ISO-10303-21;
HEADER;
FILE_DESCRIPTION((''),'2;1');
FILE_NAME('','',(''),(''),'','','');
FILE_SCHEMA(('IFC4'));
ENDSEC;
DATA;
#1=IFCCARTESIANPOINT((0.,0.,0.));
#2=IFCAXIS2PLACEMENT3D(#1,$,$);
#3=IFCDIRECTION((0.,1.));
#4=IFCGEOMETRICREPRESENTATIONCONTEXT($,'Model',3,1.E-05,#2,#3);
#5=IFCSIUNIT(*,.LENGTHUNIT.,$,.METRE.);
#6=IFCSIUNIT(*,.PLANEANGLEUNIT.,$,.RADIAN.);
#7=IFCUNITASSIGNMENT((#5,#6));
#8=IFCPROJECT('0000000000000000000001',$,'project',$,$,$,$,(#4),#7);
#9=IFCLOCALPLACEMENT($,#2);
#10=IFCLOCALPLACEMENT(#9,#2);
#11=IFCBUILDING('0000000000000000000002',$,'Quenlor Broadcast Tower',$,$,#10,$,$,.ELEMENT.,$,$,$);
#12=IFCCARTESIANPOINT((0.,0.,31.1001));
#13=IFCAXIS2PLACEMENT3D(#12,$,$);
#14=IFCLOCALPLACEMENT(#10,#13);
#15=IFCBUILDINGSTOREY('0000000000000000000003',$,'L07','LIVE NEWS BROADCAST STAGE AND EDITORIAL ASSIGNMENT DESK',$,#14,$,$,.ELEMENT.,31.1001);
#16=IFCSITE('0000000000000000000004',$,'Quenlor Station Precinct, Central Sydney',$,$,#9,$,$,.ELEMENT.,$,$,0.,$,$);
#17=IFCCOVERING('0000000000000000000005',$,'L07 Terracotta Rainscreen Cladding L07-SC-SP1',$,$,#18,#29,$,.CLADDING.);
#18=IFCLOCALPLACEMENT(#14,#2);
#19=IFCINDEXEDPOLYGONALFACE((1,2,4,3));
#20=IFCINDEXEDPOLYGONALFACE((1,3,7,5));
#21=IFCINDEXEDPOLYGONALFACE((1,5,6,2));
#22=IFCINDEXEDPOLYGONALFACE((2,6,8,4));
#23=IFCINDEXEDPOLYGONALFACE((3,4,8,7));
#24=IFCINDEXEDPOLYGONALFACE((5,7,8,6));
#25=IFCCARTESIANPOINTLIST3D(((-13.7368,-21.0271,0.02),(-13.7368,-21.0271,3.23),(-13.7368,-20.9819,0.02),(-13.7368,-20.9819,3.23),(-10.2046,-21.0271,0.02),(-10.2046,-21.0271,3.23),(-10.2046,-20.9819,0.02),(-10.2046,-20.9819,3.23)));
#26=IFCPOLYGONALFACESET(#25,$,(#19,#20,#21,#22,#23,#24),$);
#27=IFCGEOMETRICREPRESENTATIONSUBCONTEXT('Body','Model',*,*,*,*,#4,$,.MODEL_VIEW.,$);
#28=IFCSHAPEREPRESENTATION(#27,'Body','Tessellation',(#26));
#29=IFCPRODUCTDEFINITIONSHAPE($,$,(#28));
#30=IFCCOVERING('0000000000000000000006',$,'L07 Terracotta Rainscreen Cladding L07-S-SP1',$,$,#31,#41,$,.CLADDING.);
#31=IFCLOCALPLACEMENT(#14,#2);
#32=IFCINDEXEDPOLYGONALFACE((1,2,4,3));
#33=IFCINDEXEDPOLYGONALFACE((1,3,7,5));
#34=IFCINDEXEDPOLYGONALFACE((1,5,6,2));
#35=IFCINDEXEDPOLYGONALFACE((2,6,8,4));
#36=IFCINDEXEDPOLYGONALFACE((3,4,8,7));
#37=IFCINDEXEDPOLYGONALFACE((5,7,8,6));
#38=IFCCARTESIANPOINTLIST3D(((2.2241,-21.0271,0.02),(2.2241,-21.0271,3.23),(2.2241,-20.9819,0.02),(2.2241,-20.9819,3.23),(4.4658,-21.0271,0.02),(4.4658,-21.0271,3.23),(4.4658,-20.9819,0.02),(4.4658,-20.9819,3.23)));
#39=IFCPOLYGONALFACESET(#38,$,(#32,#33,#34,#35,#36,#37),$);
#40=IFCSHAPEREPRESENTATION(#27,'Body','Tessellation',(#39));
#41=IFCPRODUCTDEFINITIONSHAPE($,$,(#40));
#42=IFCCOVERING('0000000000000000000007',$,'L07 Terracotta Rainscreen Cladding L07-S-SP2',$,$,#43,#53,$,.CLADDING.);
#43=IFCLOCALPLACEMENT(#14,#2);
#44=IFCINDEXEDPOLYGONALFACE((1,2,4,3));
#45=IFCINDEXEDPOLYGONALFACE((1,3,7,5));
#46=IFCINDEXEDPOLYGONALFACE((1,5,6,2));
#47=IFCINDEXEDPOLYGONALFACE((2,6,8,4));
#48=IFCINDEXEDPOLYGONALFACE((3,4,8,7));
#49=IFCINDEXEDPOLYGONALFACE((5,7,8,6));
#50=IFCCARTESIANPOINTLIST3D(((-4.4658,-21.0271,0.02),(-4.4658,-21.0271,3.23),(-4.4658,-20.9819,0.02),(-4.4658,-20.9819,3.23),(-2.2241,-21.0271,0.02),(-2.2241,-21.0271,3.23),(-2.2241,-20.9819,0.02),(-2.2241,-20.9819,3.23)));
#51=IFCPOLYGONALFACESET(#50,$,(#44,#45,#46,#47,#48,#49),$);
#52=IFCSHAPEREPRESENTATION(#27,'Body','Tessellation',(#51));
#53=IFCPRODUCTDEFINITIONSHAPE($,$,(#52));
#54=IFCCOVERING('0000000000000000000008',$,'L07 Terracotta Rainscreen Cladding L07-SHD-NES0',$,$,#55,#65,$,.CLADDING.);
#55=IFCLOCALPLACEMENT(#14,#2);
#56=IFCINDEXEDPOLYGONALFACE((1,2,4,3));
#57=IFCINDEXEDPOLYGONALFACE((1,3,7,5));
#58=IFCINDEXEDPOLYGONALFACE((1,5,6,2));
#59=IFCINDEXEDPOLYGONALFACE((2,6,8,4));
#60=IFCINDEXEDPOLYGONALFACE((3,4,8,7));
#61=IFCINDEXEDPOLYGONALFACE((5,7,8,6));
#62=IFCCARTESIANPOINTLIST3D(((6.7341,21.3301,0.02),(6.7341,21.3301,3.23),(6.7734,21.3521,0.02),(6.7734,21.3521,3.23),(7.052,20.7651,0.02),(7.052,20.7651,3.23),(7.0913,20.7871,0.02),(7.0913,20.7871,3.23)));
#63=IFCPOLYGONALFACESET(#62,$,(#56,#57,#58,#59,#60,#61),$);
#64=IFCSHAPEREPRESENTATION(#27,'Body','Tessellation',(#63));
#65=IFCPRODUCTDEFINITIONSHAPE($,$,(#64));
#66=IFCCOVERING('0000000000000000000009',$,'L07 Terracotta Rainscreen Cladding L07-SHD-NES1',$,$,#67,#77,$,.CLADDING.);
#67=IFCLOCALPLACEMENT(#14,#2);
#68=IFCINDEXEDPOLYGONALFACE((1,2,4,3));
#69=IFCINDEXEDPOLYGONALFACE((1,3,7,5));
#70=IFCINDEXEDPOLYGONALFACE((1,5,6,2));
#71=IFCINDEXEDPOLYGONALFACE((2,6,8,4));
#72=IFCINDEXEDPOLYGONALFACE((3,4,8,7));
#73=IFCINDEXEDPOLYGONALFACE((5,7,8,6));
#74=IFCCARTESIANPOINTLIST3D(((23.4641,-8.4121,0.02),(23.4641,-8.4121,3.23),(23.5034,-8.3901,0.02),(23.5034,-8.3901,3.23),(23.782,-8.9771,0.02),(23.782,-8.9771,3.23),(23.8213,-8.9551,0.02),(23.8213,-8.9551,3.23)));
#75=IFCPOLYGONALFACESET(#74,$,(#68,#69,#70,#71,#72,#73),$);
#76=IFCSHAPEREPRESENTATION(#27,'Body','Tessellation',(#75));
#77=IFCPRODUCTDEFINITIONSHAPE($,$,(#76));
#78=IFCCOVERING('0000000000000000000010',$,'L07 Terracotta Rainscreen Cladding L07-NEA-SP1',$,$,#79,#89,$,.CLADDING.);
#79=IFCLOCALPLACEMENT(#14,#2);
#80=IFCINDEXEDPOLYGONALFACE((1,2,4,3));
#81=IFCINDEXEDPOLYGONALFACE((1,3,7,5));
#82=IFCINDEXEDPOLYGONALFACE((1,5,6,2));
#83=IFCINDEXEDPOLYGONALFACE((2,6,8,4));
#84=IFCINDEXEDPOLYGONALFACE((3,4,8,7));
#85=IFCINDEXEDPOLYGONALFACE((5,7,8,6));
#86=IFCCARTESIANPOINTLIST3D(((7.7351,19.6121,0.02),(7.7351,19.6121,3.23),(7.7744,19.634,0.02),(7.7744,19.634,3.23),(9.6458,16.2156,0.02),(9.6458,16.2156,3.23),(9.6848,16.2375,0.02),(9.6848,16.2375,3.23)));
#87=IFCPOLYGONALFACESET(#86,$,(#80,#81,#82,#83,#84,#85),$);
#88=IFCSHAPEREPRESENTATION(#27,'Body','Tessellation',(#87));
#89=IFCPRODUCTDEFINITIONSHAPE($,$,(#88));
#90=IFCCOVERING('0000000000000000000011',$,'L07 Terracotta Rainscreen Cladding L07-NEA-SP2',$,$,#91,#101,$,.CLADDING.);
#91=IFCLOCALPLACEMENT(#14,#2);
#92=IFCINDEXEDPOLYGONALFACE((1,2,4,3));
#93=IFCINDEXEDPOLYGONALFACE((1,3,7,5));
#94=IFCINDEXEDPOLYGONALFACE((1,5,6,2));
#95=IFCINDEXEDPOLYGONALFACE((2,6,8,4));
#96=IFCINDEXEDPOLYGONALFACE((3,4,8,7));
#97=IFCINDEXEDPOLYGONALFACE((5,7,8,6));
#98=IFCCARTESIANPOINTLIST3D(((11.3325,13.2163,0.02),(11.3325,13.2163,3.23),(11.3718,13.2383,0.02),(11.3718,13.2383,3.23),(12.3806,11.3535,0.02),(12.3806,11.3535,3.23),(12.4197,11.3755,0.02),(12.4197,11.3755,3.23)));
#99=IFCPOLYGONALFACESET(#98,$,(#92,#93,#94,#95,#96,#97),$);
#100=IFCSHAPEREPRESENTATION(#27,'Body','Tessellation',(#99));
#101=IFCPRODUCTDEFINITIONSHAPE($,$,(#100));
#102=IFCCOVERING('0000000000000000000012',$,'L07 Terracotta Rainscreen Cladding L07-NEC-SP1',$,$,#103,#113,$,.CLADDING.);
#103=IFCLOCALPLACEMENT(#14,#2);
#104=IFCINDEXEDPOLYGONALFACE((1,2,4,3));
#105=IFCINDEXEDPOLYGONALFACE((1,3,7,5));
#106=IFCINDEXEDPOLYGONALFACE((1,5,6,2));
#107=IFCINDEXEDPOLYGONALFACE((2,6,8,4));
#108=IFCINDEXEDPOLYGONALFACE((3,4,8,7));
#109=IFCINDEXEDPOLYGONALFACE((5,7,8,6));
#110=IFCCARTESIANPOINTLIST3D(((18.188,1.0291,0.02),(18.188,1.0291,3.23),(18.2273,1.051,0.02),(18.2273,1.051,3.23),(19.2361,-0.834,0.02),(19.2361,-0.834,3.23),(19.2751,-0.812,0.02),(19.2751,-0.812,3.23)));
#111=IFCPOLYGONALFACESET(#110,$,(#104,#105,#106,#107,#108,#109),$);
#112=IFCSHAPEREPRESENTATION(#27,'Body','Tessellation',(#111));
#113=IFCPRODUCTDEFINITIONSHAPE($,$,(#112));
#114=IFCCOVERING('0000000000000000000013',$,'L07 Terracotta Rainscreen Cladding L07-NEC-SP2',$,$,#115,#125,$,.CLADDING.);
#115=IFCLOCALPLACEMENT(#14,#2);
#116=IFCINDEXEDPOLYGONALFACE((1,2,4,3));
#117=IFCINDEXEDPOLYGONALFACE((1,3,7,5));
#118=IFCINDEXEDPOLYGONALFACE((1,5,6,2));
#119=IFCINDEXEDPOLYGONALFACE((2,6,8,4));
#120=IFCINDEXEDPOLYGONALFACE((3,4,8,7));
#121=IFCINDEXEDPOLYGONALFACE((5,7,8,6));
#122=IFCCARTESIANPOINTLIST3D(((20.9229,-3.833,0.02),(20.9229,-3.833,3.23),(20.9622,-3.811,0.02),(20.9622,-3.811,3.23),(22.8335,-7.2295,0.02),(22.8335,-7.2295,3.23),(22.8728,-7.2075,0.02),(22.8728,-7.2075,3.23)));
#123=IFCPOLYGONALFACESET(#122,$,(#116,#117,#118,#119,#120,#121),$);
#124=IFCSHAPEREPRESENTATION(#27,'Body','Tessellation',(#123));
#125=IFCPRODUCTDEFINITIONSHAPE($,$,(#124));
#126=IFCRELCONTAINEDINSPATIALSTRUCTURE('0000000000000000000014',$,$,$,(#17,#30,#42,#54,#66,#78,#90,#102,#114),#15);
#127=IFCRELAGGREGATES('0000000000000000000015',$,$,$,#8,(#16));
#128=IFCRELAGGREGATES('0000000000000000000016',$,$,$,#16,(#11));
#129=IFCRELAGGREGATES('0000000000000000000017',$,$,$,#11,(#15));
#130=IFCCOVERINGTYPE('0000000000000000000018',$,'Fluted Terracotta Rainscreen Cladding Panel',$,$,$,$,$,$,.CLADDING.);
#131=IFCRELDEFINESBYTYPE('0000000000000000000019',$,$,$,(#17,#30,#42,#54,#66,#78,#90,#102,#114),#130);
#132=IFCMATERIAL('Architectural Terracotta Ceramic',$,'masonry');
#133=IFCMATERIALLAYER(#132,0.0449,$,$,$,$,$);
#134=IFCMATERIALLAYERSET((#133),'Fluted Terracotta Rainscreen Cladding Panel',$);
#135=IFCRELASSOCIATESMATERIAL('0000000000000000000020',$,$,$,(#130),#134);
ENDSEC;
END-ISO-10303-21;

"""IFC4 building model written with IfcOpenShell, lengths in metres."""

from ifc_helpers import new_model, si_unit, direction, frame, origin, place, context, subcontext, project, spatial, polyline, outline, extrude, material, layer, layer_set, type_object, element, save


model = new_model("IFC4")

# Units and contexts
model_context = context("Model", 3, precision=1e-05, world=origin(), true_north=direction((0.0, 1.0)))
body_context = subcontext(model_context, "Body", "Model", "MODEL_VIEW")
ifc_project = project(units=[si_unit("LENGTHUNIT", "METRE"), si_unit("PLANEANGLEUNIT", "RADIAN")], contexts=[model_context])

# Site, building, storey
site_placement = place(None, origin())
site = spatial("IfcSite", under=ifc_project, at=site_placement, Name="Quenlor Station Precinct, Central Sydney", CompositionType="ELEMENT", RefElevation=0.0)
building_placement = place(site_placement, origin())
building = spatial("IfcBuilding", under=site, at=building_placement, Name="Quenlor Broadcast Tower", CompositionType="ELEMENT")
storey_placement = place(building_placement, frame((0.0, 0.0, 31.1001)))
storey = spatial("IfcBuildingStorey", under=building, at=storey_placement, Name="L07", Description="LIVE NEWS BROADCAST STAGE AND EDITORIAL ASSIGNMENT DESK", CompositionType="ELEMENT", Elevation=31.1001)

# Coverings
ifc_material_1 = material(Name="Architectural Terracotta Ceramic", Category="masonry")
ifc_layer_1 = layer(ifc_material_1, 0.0449)
ifc_layer_set_1 = layer_set([ifc_layer_1], Name="Fluted Terracotta Rainscreen Cladding Panel")
covering_type = type_object("IfcCoveringType", Name="Fluted Terracotta Rainscreen Cladding Panel", PredefinedType="CLADDING", material=ifc_layer_set_1)
covering_1_placement = place(storey_placement, frame((0.0, 0.0, 0.02)))
element("IfcCovering", 1, at=covering_1_placement, inside=storey, type_object=covering_type, Name="L07 Terracotta Rainscreen Cladding L07-SC-SP1", PredefinedType="CLADDING", context=body_context, shape_type="SweptSolid", body=[
    extrude(outline(polyline([(-10.2046, -20.9819), (-13.7368, -20.9819), (-13.7368, -21.0271), (-10.2046, -21.0271), (-10.2046, -20.9819)])), origin(), (0.0, 0.0, 1.0), 3.21),
])
covering_2_placement = place(storey_placement, frame((0.0, 0.0, 0.02)))
element("IfcCovering", 2, at=covering_2_placement, inside=storey, type_object=covering_type, Name="L07 Terracotta Rainscreen Cladding L07-S-SP1", PredefinedType="CLADDING", context=body_context, shape_type="SweptSolid", body=[
    extrude(outline(polyline([(4.4658, -20.9819), (2.2241, -20.9819), (2.2241, -21.0271), (4.4658, -21.0271), (4.4658, -20.9819)])), origin(), (0.0, 0.0, 1.0), 3.21),
])
covering_3_placement = place(storey_placement, frame((0.0, 0.0, 0.02)))
element("IfcCovering", 3, at=covering_3_placement, inside=storey, type_object=covering_type, Name="L07 Terracotta Rainscreen Cladding L07-S-SP2", PredefinedType="CLADDING", context=body_context, shape_type="SweptSolid", body=[
    extrude(outline(polyline([(-2.2241, -20.9819), (-4.4658, -20.9819), (-4.4658, -21.0271), (-2.2241, -21.0271), (-2.2241, -20.9819)])), origin(), (0.0, 0.0, 1.0), 3.21),
])
covering_4_placement = place(storey_placement, frame((0.0, 0.0, 0.02)))
element("IfcCovering", 4, at=covering_4_placement, inside=storey, type_object=covering_type, Name="L07 Terracotta Rainscreen Cladding L07-SHD-NES0", PredefinedType="CLADDING", context=body_context, shape_type="SweptSolid", body=[
    extrude(outline(polyline([(6.7341, 21.3301), (7.052, 20.7651), (7.0913, 20.7871), (6.7734, 21.3521), (6.7341, 21.3301)])), origin(), (0.0, 0.0, 1.0), 3.21),
])
covering_5_placement = place(storey_placement, frame((0.0, 0.0, 0.02)))
element("IfcCovering", 5, at=covering_5_placement, inside=storey, type_object=covering_type, Name="L07 Terracotta Rainscreen Cladding L07-SHD-NES1", PredefinedType="CLADDING", context=body_context, shape_type="SweptSolid", body=[
    extrude(outline(polyline([(23.4641, -8.4121), (23.782, -8.9771), (23.8213, -8.9551), (23.5034, -8.3901), (23.4641, -8.4121)])), origin(), (0.0, 0.0, 1.0), 3.21),
])
covering_6_placement = place(storey_placement, frame((0.0, 0.0, 0.02)))
element("IfcCovering", 6, at=covering_6_placement, inside=storey, type_object=covering_type, Name="L07 Terracotta Rainscreen Cladding L07-NEA-SP1", PredefinedType="CLADDING", context=body_context, shape_type="SweptSolid", body=[
    extrude(outline(polyline([(7.7351, 19.6121), (9.6458, 16.2156), (9.6848, 16.2375), (7.7744, 19.634), (7.7351, 19.6121)])), origin(), (0.0, 0.0, 1.0), 3.21),
])
covering_7_placement = place(storey_placement, frame((0.0, 0.0, 0.02)))
element("IfcCovering", 7, at=covering_7_placement, inside=storey, type_object=covering_type, Name="L07 Terracotta Rainscreen Cladding L07-NEA-SP2", PredefinedType="CLADDING", context=body_context, shape_type="SweptSolid", body=[
    extrude(outline(polyline([(11.3325, 13.2163), (12.3806, 11.3535), (12.4197, 11.3755), (11.3718, 13.2383), (11.3325, 13.2163)])), origin(), (0.0, 0.0, 1.0), 3.21),
])
covering_8_placement = place(storey_placement, frame((0.0, 0.0, 0.02)))
element("IfcCovering", 8, at=covering_8_placement, inside=storey, type_object=covering_type, Name="L07 Terracotta Rainscreen Cladding L07-NEC-SP1", PredefinedType="CLADDING", context=body_context, shape_type="SweptSolid", body=[
    extrude(outline(polyline([(18.188, 1.0291), (19.2361, -0.834), (19.2751, -0.812), (18.2273, 1.051), (18.188, 1.0291)])), origin(), (0.0, 0.0, 1.0), 3.21),
])
covering_9_placement = place(storey_placement, frame((0.0, 0.0, 0.02)))
element("IfcCovering", 9, at=covering_9_placement, inside=storey, type_object=covering_type, Name="L07 Terracotta Rainscreen Cladding L07-NEC-SP2", PredefinedType="CLADDING", context=body_context, shape_type="SweptSolid", body=[
    extrude(outline(polyline([(20.9229, -3.833), (22.8335, -7.2295), (22.8728, -7.2075), (20.9622, -3.811), (20.9229, -3.833)])), origin(), (0.0, 0.0, 1.0), 3.21),
])

save(model, "model.ifc")
